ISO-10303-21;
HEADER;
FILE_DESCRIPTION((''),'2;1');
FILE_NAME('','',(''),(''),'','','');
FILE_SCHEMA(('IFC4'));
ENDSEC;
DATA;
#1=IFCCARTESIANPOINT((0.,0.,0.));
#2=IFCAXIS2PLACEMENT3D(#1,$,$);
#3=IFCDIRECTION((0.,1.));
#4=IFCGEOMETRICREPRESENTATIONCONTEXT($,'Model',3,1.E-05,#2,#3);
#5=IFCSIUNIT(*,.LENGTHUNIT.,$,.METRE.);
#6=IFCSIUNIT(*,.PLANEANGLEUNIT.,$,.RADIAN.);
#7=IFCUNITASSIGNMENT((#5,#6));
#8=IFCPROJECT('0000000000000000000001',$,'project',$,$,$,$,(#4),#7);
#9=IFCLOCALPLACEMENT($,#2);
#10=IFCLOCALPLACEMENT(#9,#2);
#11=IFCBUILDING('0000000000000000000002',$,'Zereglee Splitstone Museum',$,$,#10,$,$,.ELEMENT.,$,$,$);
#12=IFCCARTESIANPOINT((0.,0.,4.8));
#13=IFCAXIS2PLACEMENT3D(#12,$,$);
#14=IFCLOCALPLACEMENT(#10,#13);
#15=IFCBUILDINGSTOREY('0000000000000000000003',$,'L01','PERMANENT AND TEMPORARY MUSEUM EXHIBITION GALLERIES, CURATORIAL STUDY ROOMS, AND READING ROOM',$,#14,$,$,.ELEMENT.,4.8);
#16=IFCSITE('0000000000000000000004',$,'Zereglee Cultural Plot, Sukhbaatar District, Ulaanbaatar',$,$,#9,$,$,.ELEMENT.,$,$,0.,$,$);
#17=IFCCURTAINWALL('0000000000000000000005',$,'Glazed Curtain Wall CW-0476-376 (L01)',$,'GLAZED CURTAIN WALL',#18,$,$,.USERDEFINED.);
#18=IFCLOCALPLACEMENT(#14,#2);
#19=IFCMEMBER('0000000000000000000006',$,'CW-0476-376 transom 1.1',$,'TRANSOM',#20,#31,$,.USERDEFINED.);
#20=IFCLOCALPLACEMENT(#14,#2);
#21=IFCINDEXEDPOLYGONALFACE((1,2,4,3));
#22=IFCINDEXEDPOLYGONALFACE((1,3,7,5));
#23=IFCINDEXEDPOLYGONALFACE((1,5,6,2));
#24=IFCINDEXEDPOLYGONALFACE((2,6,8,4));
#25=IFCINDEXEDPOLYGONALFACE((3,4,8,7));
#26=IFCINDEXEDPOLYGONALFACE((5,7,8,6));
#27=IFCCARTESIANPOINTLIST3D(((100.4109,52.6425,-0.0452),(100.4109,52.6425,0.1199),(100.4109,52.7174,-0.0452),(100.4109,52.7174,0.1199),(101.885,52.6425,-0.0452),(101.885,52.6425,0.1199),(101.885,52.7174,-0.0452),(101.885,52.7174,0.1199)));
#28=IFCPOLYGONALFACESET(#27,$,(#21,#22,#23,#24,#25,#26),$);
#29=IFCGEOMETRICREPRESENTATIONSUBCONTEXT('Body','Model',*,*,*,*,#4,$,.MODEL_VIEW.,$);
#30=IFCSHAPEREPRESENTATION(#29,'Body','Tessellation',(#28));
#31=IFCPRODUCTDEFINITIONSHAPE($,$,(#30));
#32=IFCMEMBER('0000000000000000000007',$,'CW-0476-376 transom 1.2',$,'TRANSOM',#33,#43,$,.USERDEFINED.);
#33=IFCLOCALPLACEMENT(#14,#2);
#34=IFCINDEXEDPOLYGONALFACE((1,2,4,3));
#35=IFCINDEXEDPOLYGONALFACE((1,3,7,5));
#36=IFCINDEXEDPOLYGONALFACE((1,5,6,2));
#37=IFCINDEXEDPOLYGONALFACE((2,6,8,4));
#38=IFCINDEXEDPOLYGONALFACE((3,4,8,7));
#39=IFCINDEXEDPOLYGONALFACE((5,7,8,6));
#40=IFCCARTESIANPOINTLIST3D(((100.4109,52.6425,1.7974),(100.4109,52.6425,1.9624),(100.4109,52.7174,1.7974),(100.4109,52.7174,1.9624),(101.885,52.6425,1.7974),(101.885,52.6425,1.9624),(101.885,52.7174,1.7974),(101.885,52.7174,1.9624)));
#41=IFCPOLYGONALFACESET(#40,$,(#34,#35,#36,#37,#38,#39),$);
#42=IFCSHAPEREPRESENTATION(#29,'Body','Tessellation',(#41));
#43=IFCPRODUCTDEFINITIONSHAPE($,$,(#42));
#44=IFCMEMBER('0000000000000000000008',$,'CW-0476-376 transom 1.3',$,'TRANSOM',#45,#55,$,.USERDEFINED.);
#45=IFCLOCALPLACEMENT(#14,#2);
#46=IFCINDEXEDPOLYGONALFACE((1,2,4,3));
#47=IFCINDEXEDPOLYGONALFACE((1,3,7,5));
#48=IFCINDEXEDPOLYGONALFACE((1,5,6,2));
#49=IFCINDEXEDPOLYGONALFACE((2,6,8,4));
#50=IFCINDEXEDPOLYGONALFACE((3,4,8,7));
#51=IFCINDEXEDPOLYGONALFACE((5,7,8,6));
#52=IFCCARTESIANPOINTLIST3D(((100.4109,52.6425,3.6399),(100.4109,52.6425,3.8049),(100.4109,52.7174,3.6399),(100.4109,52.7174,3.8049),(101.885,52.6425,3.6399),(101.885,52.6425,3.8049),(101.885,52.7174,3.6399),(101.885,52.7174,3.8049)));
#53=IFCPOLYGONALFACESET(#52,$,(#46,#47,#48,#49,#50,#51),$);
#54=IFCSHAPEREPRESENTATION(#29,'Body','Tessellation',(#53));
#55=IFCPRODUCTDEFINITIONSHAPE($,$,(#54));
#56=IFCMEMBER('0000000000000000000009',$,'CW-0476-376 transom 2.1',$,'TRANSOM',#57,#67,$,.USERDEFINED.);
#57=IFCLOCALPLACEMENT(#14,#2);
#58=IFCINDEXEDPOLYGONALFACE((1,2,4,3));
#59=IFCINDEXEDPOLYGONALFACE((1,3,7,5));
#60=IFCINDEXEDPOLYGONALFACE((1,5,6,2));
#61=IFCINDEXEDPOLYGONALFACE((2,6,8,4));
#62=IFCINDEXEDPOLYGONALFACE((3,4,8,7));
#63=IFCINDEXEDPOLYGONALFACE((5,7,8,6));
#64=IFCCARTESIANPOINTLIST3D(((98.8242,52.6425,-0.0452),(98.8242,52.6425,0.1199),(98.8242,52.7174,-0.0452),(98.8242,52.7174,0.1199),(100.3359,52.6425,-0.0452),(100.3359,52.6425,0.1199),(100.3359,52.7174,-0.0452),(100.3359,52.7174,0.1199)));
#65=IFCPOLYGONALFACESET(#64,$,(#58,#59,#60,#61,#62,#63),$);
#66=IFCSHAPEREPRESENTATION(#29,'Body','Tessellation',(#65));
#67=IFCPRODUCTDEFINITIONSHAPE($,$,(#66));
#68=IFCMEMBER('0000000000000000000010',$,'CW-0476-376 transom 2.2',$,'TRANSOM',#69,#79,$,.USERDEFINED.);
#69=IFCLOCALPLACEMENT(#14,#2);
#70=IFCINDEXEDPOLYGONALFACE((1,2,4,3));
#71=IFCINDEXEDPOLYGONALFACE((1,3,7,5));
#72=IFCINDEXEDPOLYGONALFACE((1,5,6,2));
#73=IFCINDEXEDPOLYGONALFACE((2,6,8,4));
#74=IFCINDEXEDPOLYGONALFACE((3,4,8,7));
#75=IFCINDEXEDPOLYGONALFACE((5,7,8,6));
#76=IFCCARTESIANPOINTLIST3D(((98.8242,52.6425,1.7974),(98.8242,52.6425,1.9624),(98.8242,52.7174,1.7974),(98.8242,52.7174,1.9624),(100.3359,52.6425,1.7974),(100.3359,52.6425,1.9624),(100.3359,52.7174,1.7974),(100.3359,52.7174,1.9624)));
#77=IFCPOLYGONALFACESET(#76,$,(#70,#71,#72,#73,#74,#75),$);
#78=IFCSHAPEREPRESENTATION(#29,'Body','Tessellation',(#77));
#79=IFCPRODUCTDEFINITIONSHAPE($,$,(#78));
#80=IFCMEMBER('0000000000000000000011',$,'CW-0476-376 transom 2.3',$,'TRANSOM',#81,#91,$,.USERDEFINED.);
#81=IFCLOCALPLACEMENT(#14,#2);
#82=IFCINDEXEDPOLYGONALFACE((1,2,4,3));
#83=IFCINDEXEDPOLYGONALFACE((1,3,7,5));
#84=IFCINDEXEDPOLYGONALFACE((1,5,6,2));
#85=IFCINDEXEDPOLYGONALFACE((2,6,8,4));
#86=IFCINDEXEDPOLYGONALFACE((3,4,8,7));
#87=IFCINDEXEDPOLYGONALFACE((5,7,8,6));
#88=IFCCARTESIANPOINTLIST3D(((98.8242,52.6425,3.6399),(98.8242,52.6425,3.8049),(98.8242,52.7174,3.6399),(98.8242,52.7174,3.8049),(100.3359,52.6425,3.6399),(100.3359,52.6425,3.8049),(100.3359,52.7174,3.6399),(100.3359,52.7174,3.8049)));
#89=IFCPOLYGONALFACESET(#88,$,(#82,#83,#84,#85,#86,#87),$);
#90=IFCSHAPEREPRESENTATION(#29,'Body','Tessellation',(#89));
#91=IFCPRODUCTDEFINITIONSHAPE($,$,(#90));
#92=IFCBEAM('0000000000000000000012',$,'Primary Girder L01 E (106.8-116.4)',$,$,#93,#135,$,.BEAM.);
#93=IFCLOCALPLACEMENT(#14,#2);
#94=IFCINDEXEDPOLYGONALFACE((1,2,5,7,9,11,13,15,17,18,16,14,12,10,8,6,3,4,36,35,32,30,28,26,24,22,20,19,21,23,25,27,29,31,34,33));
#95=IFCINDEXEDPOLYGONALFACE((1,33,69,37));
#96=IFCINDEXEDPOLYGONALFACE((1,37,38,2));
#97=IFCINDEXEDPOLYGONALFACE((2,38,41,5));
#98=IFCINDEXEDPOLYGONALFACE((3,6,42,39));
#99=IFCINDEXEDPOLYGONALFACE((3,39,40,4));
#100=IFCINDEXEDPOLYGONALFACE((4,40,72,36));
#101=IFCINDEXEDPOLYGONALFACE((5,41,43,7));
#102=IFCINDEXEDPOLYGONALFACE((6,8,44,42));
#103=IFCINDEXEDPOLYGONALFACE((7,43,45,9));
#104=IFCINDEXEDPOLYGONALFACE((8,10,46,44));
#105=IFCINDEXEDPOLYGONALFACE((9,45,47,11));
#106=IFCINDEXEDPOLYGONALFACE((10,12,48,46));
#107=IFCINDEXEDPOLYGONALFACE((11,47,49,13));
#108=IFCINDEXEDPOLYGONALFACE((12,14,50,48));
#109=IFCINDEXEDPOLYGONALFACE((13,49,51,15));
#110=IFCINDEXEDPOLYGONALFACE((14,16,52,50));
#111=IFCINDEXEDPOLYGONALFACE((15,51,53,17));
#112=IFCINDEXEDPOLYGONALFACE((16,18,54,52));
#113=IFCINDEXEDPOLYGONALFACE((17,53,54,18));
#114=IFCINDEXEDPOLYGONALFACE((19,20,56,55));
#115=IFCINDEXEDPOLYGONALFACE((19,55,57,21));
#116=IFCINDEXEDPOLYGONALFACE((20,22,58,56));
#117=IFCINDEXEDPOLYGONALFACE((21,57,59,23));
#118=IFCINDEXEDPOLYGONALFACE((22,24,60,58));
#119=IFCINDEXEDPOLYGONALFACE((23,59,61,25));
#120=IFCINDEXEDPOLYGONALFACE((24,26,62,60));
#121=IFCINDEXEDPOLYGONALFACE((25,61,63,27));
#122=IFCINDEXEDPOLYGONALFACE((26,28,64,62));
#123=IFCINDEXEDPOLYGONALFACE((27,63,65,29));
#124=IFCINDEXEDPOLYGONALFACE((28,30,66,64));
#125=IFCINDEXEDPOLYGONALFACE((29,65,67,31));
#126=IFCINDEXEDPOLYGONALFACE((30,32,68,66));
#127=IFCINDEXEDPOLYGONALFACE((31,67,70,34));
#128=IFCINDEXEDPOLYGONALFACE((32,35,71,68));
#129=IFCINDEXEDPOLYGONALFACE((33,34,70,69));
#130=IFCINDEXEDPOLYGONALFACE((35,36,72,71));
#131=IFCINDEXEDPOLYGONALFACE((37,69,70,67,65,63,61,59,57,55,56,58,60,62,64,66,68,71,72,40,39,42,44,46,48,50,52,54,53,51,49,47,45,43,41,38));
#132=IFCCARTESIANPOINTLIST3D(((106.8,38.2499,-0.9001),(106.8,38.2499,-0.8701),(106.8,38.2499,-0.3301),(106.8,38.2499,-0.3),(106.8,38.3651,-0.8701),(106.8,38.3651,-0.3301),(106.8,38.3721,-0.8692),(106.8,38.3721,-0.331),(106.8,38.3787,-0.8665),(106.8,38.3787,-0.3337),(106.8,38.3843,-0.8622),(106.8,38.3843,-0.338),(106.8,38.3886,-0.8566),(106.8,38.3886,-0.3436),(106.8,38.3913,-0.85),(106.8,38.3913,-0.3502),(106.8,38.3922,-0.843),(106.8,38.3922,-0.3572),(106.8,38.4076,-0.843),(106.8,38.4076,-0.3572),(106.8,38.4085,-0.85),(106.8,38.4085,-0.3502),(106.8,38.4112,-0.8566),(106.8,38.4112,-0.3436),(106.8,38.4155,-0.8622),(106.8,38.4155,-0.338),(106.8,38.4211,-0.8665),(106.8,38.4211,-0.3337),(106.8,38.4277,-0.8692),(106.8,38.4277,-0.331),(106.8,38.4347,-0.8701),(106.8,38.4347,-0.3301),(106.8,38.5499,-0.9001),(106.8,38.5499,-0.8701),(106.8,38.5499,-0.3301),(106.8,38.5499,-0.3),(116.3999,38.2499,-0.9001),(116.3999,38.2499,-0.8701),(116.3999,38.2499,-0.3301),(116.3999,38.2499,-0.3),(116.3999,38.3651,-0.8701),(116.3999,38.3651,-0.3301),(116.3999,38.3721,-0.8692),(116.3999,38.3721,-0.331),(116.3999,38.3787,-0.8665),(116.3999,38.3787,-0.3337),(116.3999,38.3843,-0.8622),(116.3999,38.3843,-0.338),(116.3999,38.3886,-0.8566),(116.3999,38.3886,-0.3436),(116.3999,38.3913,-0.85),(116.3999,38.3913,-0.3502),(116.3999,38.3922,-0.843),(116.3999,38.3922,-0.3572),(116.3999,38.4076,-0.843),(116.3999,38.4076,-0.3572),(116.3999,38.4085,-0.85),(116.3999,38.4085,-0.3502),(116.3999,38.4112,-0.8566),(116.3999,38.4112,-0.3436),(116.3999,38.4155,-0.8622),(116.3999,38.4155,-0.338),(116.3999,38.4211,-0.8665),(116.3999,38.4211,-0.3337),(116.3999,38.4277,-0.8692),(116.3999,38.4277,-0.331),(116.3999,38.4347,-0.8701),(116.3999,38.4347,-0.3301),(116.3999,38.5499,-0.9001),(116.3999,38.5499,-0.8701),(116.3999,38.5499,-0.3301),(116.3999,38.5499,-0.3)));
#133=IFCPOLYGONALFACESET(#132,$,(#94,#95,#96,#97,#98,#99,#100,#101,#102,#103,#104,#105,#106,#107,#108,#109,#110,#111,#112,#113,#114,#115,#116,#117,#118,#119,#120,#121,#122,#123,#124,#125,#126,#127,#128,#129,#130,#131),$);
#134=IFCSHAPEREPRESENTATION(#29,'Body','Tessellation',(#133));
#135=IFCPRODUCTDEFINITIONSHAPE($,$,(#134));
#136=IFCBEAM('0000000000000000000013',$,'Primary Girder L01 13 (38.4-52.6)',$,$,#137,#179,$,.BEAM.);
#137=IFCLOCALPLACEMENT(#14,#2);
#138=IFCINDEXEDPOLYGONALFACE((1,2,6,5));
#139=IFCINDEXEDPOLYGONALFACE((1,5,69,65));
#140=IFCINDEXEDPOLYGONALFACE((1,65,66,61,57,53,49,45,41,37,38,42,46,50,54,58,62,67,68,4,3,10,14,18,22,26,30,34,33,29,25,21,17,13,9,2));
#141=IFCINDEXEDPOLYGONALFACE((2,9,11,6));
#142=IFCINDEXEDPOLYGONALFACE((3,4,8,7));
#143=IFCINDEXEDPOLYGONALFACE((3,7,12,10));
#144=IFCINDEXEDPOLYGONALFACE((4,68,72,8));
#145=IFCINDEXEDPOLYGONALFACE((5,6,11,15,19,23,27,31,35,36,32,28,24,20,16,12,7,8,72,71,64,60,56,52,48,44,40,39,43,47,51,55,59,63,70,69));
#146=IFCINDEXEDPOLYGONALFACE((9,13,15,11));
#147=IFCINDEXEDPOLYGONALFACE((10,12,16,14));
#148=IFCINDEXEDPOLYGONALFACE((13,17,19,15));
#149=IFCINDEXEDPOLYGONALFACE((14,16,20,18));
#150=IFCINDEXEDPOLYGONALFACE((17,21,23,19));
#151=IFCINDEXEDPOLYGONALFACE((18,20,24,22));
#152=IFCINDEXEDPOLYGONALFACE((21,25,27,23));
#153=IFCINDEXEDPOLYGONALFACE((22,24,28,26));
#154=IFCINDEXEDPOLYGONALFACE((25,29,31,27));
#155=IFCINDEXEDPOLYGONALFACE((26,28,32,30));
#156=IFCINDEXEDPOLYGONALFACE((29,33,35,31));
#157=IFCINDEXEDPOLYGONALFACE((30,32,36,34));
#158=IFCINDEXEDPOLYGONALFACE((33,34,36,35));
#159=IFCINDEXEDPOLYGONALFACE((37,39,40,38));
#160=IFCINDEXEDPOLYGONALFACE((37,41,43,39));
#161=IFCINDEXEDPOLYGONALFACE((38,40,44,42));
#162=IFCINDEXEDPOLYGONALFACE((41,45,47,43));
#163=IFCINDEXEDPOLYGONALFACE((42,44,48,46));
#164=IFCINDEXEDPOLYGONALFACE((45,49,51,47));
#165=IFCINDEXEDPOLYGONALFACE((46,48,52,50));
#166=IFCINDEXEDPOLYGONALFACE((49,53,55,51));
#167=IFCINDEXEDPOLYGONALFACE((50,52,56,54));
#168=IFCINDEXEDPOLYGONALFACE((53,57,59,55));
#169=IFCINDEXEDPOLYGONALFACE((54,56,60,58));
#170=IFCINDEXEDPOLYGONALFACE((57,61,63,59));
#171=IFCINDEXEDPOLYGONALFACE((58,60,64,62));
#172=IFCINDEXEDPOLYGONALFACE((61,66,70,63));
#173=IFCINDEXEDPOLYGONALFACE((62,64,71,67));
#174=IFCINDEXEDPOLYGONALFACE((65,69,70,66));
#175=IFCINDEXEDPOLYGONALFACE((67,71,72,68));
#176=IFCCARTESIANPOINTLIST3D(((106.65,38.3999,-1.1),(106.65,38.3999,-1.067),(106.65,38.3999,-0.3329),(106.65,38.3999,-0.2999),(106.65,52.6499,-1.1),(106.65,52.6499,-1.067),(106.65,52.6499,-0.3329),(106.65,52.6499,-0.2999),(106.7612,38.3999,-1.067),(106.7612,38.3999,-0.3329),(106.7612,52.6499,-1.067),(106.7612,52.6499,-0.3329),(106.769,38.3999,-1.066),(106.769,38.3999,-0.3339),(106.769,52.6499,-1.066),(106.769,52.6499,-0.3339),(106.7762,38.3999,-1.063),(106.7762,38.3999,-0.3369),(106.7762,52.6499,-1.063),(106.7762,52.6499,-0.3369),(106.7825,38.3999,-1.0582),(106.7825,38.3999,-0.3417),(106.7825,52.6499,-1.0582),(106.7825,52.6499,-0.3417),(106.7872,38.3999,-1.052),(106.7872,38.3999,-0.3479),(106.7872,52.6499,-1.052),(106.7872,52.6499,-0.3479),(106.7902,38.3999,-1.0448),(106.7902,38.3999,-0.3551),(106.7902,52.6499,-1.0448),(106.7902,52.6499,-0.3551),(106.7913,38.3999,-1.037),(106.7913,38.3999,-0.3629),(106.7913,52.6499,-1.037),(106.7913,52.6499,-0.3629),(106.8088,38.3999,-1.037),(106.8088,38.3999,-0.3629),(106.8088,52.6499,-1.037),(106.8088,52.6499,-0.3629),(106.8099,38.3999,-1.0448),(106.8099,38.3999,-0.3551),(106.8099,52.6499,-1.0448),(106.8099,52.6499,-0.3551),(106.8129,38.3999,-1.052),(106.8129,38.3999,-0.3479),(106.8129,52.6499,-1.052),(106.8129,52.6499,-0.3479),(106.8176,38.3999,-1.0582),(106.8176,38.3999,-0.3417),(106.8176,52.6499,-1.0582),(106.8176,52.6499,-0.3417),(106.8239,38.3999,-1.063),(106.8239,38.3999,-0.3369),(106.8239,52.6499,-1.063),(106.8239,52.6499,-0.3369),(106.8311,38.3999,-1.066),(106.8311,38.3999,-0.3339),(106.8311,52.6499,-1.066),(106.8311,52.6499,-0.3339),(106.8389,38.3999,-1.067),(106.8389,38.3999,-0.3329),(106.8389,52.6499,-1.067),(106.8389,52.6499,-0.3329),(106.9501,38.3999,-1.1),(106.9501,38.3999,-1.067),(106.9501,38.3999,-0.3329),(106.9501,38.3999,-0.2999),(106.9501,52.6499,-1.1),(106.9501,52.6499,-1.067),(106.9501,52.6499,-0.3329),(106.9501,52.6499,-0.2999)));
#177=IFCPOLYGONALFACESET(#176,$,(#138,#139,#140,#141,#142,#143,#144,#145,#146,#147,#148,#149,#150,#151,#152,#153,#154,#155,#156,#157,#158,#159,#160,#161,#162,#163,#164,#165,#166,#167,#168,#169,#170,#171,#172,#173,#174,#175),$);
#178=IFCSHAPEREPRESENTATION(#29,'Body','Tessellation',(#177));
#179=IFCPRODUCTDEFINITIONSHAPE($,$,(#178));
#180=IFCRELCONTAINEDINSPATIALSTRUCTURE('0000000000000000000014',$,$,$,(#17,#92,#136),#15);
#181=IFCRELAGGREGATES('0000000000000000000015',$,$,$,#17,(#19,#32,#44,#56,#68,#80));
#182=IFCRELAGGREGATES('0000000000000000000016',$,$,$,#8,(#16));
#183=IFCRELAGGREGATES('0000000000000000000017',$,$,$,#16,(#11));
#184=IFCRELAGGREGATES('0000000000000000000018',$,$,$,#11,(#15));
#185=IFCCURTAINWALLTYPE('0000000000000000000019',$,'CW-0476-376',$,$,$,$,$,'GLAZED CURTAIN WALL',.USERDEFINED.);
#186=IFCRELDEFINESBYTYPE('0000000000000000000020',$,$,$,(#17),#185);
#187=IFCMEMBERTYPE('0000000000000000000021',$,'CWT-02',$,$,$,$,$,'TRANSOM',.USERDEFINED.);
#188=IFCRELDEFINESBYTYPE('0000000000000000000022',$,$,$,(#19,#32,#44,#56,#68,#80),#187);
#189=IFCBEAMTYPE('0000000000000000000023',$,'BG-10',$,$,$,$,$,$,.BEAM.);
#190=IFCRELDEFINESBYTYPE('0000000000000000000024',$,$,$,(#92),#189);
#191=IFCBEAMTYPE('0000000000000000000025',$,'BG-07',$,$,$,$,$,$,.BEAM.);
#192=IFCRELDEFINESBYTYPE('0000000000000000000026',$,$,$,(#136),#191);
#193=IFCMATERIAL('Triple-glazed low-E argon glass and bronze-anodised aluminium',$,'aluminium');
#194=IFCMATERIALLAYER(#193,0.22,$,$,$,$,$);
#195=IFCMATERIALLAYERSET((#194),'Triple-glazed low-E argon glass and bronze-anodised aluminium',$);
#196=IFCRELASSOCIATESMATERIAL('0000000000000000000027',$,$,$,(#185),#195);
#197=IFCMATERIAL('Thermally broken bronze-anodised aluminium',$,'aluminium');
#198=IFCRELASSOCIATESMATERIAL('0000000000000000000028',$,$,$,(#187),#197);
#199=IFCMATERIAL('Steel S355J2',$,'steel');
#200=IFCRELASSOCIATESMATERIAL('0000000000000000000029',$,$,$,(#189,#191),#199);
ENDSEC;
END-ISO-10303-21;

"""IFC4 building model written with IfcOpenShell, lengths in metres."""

from ifc_helpers import new_model, si_unit, direction, frame, origin, origin_2d, place, context, subcontext, project, spatial, rectangle, i_section, extrude, material, layer, layer_set, material_profile, profile_set, type_object, element, aggregate, save


model = new_model("IFC4")

# Units and contexts
model_context = context("Model", 3, precision=1e-05, world=origin(), true_north=direction((0.0, 1.0)))
body_context = subcontext(model_context, "Body", "Model", "MODEL_VIEW")
ifc_project = project(units=[si_unit("LENGTHUNIT", "METRE"), si_unit("PLANEANGLEUNIT", "RADIAN")], contexts=[model_context])

# Site, building, storey
site_placement = place(None, origin())
site = spatial("IfcSite", under=ifc_project, at=site_placement, Name="Zereglee Cultural Plot, Sukhbaatar District, Ulaanbaatar", CompositionType="ELEMENT", RefElevation=0.0)
building_placement = place(site_placement, origin())
building = spatial("IfcBuilding", under=site, at=building_placement, Name="Zereglee Splitstone Museum", CompositionType="ELEMENT")
storey_placement = place(building_placement, frame((0.0, 0.0, 4.8)))
storey = spatial("IfcBuildingStorey", under=building, at=storey_placement, Name="L01", Description="PERMANENT AND TEMPORARY MUSEUM EXHIBITION GALLERIES, CURATORIAL STUDY ROOMS, AND READING ROOM", CompositionType="ELEMENT", Elevation=4.8)

# Curtain wall
ifc_material_1 = material(Name="Triple-glazed low-E argon glass and bronze-anodised aluminium", Category="aluminium")
ifc_material_2 = material(Name="Thermally broken bronze-anodised aluminium", Category="aluminium")
ifc_layer_1 = layer(ifc_material_1, 0.22)
ifc_layer_set_1 = layer_set([ifc_layer_1], Name="Triple-glazed low-E argon glass and bronze-anodised aluminium")
curtain_wall_type_1 = type_object("IfcCurtainWallType", Name="CW-0476-376", ElementType="GLAZED CURTAIN WALL", PredefinedType="USERDEFINED", material=ifc_layer_set_1)
curtain_wall_1_placement = place(storey_placement, origin())
curtain_wall_1 = element("IfcCurtainWall", 1, at=curtain_wall_1_placement, inside=storey, type_object=curtain_wall_type_1, Name="Glazed Curtain Wall CW-0476-376 (L01)", ObjectType="GLAZED CURTAIN WALL", PredefinedType="USERDEFINED")

# Members
ifc_material_profile_1 = material_profile(ifc_material_2, rectangle(XDim=0.075, YDim=0.165, at=origin_2d()), Name="CW TRAN 75x165")
ifc_profile_set_1 = profile_set([ifc_material_profile_1], Name="Thermally broken bronze-anodised aluminium")
member_type_1 = type_object("IfcMemberType", Name="CWT-02", ElementType="TRANSOM", PredefinedType="USERDEFINED", material=ifc_profile_set_1)
member_1_placement = place(storey_placement, frame((101.885, 52.6799, 0.0374), z_axis=(-1.0, 0.0, 0.0), x_axis=(0.0, -1.0, 0.0)))
member_1 = element("IfcMember", 2, at=member_1_placement, type_object=member_type_1, Name="CW-0476-376 transom 1.1", ObjectType="TRANSOM", PredefinedType="USERDEFINED", context=body_context, shape_type="SweptSolid", body=[
    extrude(rectangle(XDim=0.075, YDim=0.165, at=origin_2d()), origin(), (0.0, 0.0, 1.0), 1.4741),
])
member_2_placement = place(storey_placement, frame((101.885, 52.6799, 1.8799), z_axis=(-1.0, 0.0, 0.0), x_axis=(0.0, -1.0, 0.0)))
member_2 = element("IfcMember", 3, at=member_2_placement, type_object=member_type_1, Name="CW-0476-376 transom 1.2", ObjectType="TRANSOM", PredefinedType="USERDEFINED", context=body_context, shape_type="SweptSolid", body=[
    extrude(rectangle(XDim=0.075, YDim=0.165, at=origin_2d()), origin(), (0.0, 0.0, 1.0), 1.4741),
])
member_3_placement = place(storey_placement, frame((101.885, 52.6799, 3.7224), z_axis=(-1.0, 0.0, 0.0), x_axis=(0.0, -1.0, 0.0)))
member_3 = element("IfcMember", 4, at=member_3_placement, type_object=member_type_1, Name="CW-0476-376 transom 1.3", ObjectType="TRANSOM", PredefinedType="USERDEFINED", context=body_context, shape_type="SweptSolid", body=[
    extrude(rectangle(XDim=0.075, YDim=0.165, at=origin_2d()), origin(), (0.0, 0.0, 1.0), 1.4741),
])
member_4_placement = place(storey_placement, frame((100.3359, 52.6799, 0.0374), z_axis=(-1.0, 0.0, 0.0), x_axis=(0.0, -1.0, 0.0)))
member_4 = element("IfcMember", 5, at=member_4_placement, type_object=member_type_1, Name="CW-0476-376 transom 2.1", ObjectType="TRANSOM", PredefinedType="USERDEFINED", context=body_context, shape_type="SweptSolid", body=[
    extrude(rectangle(XDim=0.075, YDim=0.165, at=origin_2d()), origin(), (0.0, 0.0, 1.0), 1.5117),
])
member_5_placement = place(storey_placement, frame((100.3359, 52.6799, 1.8799), z_axis=(-1.0, 0.0, 0.0), x_axis=(0.0, -1.0, 0.0)))
member_5 = element("IfcMember", 6, at=member_5_placement, type_object=member_type_1, Name="CW-0476-376 transom 2.2", ObjectType="TRANSOM", PredefinedType="USERDEFINED", context=body_context, shape_type="SweptSolid", body=[
    extrude(rectangle(XDim=0.075, YDim=0.165, at=origin_2d()), origin(), (0.0, 0.0, 1.0), 1.5117),
])
member_6_placement = place(storey_placement, frame((100.3359, 52.6799, 3.7224), z_axis=(-1.0, 0.0, 0.0), x_axis=(0.0, -1.0, 0.0)))
member_6 = element("IfcMember", 7, at=member_6_placement, type_object=member_type_1, Name="CW-0476-376 transom 2.3", ObjectType="TRANSOM", PredefinedType="USERDEFINED", context=body_context, shape_type="SweptSolid", body=[
    extrude(rectangle(XDim=0.075, YDim=0.165, at=origin_2d()), origin(), (0.0, 0.0, 1.0), 1.5117),
])

# Beams
ifc_material_3 = material(Name="Steel S355J2", Category="steel")
ifc_material_profile_2 = material_profile(ifc_material_3, i_section(OverallWidth=0.3, OverallDepth=0.6001, WebThickness=0.0154, FlangeThickness=0.03, FilletRadius=0.0271, at=origin_2d()), Name="HE 600 B")
ifc_profile_set_2 = profile_set([ifc_material_profile_2], Name="Steel S355J2")
beam_type_1 = type_object("IfcBeamType", Name="BG-10", PredefinedType="BEAM", material=ifc_profile_set_2)
beam_1_placement = place(storey_placement, frame((106.8, 38.3999, -0.6001), z_axis=(1.0, 0.0, 0.0), x_axis=(0.0, 1.0, 0.0)))
element("IfcBeam", 8, at=beam_1_placement, inside=storey, type_object=beam_type_1, Name="Primary Girder L01 E (106.8-116.4)", PredefinedType="BEAM", context=body_context, shape_type="SweptSolid", body=[
    extrude(i_section(OverallWidth=0.3, OverallDepth=0.6001, WebThickness=0.0154, FlangeThickness=0.03, FilletRadius=0.0271, at=origin_2d()), origin(), (0.0, 0.0, 1.0), 9.5999),
])
ifc_material_profile_3 = material_profile(ifc_material_3, i_section(OverallWidth=0.3, OverallDepth=0.8, WebThickness=0.0176, FlangeThickness=0.033, FilletRadius=0.03, at=origin_2d()), Name="HE 800 B")
ifc_profile_set_3 = profile_set([ifc_material_profile_3], Name="Steel S355J2")
beam_type_2 = type_object("IfcBeamType", Name="BG-07", PredefinedType="BEAM", material=ifc_profile_set_3)
beam_2_placement = place(storey_placement, frame((106.8, 38.3999, -0.7), z_axis=(0.0, 1.0, 0.0), x_axis=(-1.0, 0.0, 0.0)))
element("IfcBeam", 9, at=beam_2_placement, inside=storey, type_object=beam_type_2, Name="Primary Girder L01 13 (38.4-52.6)", PredefinedType="BEAM", context=body_context, shape_type="SweptSolid", body=[
    extrude(i_section(OverallWidth=0.3, OverallDepth=0.8, WebThickness=0.0176, FlangeThickness=0.033, FilletRadius=0.03, at=origin_2d()), origin(), (0.0, 0.0, 1.0), 14.25),
])

aggregate(curtain_wall_1, [member_1, member_2, member_3, member_4, member_5, member_6])

save(model, "model.ifc")
